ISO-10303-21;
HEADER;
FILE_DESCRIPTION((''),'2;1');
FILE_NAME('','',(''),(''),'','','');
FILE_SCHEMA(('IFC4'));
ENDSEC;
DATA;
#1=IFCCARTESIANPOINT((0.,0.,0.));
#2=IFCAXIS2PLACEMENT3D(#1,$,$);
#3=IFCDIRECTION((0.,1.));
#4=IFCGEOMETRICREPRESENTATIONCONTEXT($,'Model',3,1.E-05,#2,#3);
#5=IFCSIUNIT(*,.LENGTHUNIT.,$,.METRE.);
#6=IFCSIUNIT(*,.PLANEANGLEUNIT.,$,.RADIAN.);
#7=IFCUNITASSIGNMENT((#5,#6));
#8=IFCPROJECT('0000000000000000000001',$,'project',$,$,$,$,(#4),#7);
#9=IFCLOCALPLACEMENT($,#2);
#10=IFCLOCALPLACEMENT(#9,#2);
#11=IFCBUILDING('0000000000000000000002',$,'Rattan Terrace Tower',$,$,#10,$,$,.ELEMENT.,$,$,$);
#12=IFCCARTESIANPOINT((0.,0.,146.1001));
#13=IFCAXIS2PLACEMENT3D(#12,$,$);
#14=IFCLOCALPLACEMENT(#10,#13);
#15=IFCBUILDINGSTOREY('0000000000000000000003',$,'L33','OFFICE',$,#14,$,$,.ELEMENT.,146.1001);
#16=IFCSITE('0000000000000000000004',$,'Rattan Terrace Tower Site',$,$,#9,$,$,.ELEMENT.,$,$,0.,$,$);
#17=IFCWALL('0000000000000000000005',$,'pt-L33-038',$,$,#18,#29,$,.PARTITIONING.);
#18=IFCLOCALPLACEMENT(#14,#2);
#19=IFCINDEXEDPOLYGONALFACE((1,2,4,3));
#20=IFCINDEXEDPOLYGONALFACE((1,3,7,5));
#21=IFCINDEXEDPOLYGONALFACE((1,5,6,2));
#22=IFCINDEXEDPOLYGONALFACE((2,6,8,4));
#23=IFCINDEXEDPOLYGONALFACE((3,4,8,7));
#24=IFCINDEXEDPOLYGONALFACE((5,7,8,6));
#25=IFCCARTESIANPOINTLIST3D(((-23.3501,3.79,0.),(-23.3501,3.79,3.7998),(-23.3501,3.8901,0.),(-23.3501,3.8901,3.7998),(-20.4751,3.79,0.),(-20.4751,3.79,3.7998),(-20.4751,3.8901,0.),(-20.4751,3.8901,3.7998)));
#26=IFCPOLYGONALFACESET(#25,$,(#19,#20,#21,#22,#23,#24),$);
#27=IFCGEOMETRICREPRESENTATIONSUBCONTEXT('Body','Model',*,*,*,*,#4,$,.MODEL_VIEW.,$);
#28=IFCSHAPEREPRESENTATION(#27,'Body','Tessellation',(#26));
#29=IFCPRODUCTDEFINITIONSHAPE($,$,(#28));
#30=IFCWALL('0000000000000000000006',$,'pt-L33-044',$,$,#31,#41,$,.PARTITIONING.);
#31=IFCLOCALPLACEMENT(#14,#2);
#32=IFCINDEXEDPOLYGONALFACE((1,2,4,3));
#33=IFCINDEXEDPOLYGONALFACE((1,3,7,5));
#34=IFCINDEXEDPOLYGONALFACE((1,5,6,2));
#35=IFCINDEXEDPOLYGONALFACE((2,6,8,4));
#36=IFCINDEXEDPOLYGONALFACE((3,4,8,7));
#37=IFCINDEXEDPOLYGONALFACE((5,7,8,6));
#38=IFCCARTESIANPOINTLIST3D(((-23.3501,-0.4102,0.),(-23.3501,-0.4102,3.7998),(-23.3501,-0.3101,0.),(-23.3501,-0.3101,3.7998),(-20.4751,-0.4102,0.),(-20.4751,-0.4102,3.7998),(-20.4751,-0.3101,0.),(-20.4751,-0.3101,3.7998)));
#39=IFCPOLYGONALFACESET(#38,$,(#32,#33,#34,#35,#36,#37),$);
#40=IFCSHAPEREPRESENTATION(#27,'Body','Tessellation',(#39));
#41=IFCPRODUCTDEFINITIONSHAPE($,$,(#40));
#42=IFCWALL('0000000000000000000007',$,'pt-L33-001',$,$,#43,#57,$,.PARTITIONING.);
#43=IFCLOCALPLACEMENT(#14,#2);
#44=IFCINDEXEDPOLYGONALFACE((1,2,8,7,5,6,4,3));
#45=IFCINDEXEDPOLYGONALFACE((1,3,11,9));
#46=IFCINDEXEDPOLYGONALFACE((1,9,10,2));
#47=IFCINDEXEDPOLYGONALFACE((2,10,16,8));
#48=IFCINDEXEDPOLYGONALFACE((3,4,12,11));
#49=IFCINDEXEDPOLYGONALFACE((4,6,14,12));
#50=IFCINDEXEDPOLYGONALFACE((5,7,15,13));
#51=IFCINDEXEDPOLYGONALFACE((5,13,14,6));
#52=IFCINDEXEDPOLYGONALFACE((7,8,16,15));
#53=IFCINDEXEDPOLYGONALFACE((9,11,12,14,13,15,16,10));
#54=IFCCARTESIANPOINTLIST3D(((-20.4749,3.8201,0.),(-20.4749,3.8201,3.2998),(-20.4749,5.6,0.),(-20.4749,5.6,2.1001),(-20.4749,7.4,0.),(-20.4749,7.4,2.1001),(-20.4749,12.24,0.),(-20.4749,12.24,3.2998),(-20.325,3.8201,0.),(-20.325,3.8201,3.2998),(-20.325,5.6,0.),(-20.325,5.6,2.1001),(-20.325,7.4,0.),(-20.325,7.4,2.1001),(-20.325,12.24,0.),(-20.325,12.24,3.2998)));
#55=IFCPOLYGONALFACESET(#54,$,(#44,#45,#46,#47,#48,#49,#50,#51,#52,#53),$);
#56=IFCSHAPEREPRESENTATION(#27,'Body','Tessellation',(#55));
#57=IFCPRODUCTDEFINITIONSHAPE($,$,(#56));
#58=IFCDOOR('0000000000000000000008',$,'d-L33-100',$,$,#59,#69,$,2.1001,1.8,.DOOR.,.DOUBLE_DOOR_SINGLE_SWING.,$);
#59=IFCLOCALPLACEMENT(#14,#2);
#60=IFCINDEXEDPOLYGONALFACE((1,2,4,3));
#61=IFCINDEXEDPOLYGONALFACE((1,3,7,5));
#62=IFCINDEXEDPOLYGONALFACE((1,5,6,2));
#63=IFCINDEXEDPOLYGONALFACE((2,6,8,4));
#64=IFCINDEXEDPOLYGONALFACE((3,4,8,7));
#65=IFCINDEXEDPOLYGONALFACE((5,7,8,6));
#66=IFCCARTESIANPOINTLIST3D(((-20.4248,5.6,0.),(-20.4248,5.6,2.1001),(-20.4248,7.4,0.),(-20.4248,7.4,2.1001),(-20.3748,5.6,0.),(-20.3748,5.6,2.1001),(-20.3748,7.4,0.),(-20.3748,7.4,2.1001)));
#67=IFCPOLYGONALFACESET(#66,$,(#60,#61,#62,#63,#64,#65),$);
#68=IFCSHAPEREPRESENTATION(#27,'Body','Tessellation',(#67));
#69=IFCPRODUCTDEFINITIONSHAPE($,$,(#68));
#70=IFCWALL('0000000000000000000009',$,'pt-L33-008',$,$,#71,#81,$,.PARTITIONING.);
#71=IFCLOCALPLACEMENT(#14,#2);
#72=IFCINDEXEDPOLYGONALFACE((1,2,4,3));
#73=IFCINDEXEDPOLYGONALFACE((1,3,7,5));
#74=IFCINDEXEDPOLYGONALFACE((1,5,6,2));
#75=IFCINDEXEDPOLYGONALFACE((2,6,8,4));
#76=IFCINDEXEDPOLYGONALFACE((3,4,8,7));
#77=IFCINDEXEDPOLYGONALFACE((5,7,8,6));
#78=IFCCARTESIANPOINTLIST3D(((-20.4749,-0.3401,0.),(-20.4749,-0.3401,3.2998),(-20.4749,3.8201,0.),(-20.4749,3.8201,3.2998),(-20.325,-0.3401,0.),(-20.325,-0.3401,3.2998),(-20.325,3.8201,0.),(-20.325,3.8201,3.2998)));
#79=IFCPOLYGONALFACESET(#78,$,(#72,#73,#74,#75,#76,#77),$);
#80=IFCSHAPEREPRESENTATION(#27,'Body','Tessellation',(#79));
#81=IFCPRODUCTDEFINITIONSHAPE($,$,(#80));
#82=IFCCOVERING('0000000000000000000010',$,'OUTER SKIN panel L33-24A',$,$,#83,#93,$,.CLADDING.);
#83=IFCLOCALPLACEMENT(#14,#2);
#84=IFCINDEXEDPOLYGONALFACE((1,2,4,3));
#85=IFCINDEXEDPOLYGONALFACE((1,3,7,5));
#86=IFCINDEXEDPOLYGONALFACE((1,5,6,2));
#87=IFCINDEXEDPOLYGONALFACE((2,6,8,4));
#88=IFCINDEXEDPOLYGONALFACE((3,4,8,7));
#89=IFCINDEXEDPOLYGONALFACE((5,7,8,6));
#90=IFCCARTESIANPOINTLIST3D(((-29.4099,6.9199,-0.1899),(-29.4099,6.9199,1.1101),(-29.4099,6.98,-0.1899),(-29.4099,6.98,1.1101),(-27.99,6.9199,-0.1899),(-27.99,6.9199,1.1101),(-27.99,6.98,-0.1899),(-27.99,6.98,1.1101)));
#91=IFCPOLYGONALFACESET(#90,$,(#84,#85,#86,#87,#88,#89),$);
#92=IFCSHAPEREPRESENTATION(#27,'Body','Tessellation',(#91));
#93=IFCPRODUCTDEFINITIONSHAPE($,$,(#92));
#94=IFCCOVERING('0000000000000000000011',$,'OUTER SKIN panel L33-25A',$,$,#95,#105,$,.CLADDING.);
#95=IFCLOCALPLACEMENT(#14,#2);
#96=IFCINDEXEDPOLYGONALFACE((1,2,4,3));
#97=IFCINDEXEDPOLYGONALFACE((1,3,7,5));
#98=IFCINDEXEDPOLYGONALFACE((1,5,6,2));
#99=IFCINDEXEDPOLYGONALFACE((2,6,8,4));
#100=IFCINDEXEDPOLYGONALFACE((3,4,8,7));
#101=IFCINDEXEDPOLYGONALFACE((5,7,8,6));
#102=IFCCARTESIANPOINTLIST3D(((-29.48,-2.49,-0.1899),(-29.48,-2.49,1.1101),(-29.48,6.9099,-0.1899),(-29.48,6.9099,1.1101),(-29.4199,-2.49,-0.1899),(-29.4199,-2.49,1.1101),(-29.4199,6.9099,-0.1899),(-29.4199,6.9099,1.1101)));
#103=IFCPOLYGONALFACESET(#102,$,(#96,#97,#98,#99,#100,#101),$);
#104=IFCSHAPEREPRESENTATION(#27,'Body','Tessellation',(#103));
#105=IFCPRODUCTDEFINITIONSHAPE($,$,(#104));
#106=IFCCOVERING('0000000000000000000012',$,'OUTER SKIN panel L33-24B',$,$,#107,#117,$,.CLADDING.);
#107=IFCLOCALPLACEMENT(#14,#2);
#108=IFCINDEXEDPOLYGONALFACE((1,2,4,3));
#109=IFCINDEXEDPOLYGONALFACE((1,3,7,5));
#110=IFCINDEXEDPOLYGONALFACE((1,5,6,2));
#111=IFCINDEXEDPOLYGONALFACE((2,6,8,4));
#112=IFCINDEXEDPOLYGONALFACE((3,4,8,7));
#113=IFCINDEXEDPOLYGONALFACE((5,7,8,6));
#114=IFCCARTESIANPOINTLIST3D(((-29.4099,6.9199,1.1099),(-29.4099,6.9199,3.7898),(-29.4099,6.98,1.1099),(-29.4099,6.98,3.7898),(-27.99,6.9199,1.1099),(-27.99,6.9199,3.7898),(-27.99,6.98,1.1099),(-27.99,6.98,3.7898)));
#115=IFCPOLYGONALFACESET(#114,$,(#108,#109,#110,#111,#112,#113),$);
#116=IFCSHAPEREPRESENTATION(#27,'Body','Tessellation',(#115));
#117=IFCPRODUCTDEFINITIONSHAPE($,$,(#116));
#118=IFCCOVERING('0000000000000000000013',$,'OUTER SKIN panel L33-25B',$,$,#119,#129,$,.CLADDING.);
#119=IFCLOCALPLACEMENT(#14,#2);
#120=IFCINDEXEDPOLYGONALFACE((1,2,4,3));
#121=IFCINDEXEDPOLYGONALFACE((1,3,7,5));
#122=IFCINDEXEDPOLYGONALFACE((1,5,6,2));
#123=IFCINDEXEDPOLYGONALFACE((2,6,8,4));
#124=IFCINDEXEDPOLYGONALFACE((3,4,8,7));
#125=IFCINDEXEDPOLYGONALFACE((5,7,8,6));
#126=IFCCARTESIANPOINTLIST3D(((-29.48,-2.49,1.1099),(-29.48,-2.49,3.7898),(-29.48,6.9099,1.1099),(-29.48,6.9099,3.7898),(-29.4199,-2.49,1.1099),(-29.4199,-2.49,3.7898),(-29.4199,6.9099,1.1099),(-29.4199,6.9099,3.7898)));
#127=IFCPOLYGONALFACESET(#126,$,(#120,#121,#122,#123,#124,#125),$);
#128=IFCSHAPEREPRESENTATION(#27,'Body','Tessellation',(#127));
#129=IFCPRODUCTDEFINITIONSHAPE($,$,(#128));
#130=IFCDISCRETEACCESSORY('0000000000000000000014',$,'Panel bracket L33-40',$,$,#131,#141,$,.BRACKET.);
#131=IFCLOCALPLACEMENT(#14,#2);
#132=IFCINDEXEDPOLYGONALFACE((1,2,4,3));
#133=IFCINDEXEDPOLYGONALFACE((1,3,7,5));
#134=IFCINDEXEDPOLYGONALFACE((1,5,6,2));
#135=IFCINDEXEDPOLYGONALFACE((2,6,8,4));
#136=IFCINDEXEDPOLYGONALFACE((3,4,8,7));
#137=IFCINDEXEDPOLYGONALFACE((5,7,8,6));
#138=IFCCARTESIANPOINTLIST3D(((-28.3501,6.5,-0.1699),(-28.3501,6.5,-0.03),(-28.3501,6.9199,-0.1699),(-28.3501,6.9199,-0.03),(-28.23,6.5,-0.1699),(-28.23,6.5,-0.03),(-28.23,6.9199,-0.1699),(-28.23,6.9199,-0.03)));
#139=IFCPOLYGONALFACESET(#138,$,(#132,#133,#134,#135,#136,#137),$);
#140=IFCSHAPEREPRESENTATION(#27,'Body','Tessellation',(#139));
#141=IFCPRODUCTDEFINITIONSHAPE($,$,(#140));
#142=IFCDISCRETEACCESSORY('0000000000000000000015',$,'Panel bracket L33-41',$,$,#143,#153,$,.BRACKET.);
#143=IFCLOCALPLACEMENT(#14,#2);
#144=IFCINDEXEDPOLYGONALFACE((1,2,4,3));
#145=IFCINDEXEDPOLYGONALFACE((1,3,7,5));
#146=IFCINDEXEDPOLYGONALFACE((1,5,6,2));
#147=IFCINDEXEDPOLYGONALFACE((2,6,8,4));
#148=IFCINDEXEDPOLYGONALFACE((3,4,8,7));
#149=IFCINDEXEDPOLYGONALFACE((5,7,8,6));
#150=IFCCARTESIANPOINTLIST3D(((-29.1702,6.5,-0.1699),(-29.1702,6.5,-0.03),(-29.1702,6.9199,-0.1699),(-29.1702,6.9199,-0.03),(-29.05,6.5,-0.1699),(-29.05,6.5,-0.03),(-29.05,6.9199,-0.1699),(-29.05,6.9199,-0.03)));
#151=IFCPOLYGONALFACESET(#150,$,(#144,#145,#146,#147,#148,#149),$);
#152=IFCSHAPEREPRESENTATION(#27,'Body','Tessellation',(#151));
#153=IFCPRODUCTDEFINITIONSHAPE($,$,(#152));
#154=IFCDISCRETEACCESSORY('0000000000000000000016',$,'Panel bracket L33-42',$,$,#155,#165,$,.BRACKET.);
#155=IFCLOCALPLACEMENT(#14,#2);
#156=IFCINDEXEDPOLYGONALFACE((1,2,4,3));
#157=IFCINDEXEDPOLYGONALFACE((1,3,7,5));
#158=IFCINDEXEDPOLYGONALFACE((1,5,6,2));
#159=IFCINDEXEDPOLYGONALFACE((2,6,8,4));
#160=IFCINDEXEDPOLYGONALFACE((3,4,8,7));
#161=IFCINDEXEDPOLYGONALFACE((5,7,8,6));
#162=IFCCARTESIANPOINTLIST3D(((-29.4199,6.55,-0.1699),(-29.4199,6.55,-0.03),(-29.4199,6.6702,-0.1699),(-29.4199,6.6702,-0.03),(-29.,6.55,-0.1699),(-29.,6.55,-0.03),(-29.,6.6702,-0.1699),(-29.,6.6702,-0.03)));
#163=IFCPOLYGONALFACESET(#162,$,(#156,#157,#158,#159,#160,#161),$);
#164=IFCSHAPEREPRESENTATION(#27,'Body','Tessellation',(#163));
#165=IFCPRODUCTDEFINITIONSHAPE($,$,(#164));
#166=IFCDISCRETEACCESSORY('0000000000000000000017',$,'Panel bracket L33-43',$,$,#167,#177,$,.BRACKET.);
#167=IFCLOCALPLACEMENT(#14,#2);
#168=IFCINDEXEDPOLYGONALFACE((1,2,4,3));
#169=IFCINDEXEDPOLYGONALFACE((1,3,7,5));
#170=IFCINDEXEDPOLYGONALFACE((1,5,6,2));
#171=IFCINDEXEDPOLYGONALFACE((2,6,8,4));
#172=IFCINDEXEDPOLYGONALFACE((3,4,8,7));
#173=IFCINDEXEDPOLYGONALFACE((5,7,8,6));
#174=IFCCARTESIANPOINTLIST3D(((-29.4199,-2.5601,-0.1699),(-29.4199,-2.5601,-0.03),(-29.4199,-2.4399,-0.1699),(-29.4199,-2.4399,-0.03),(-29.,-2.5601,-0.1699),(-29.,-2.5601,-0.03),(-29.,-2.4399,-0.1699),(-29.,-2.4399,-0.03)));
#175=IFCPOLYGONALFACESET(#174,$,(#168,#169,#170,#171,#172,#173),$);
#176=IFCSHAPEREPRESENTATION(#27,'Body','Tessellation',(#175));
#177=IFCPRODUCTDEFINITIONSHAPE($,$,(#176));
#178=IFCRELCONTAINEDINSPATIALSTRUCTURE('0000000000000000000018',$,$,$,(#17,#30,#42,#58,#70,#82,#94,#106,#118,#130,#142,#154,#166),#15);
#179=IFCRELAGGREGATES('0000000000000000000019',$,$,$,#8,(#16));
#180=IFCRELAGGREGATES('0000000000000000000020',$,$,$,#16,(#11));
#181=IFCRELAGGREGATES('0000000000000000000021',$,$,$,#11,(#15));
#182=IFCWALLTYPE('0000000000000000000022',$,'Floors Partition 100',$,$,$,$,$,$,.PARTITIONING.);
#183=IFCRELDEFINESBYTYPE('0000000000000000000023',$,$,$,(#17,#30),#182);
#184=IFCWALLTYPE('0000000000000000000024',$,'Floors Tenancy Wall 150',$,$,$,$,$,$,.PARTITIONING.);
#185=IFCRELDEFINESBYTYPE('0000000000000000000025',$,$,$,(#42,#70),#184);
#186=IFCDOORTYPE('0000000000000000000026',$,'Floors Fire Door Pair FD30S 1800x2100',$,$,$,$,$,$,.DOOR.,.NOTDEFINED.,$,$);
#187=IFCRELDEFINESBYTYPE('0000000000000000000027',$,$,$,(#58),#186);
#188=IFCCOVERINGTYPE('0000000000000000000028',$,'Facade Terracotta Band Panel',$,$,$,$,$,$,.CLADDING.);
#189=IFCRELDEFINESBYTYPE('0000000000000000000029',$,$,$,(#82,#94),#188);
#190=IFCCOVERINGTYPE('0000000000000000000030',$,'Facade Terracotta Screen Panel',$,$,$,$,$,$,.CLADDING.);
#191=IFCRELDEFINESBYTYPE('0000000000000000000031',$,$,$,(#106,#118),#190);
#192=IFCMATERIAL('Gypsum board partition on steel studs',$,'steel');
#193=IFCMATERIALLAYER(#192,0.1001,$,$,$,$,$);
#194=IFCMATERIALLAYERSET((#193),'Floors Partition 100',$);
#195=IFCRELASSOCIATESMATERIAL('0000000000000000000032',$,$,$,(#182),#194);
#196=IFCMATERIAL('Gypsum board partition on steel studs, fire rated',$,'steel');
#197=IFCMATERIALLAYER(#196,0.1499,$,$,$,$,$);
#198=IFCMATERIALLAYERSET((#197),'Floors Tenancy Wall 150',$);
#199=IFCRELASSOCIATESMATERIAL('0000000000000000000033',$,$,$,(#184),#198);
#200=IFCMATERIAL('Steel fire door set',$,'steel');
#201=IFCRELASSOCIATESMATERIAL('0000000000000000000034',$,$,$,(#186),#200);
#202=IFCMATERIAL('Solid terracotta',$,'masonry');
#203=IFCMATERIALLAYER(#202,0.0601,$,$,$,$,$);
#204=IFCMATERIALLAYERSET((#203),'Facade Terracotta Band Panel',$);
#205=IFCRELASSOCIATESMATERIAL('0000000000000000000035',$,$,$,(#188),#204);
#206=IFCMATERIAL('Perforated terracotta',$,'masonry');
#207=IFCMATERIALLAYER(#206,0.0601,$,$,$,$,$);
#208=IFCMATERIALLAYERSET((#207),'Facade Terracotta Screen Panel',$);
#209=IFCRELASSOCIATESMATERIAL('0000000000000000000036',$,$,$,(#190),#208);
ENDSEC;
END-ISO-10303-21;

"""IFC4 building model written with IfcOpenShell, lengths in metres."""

from ifc_helpers import new_model, si_unit, direction, frame, frame_2d, origin, origin_2d, place, context, subcontext, project, spatial, rectangle, extrude, material, layer, layer_set, type_object, element, fill, save


model = new_model("IFC4")

# Units and contexts
model_context = context("Model", 3, precision=1e-05, world=origin(), true_north=direction((0.0, 1.0)))
body_context = subcontext(model_context, "Body", "Model", "MODEL_VIEW")
ifc_project = project(units=[si_unit("LENGTHUNIT", "METRE"), si_unit("PLANEANGLEUNIT", "RADIAN")], contexts=[model_context])

# Site, building, storey
site_placement = place(None, origin())
site = spatial("IfcSite", under=ifc_project, at=site_placement, Name="Rattan Terrace Tower Site", CompositionType="ELEMENT", RefElevation=0.0)
building_placement = place(site_placement, origin())
building = spatial("IfcBuilding", under=site, at=building_placement, Name="Rattan Terrace Tower", CompositionType="ELEMENT")
storey_placement = place(building_placement, frame((0.0, 0.0, 146.1001)))
storey = spatial("IfcBuildingStorey", under=building, at=storey_placement, Name="L33", Description="OFFICE", CompositionType="ELEMENT", Elevation=146.1001)

# Shared definitions
ifc_material_1 = material(Name="Gypsum board partition on steel studs", Category="steel")
ifc_layer_1 = layer(ifc_material_1, 0.1001)
ifc_layer_set_1 = layer_set([ifc_layer_1], Name="Floors Partition 100")
wall_type_1 = type_object("IfcWallType", Name="Floors Partition 100", PredefinedType="PARTITIONING", material=ifc_layer_set_1)

# Walls
for number, where, z_axis, x_axis, name in (
    (1, (-20.4751, 3.8401, 0.0), (0.0, 0.0, 1.0), (-1.0, 0.0, 0.0), "pt-L33-038"),
    (2, (-23.3501, -0.3601, 0.0), (0.0, 0.0, 1.0), (1.0, 0.0, 0.0), "pt-L33-044"),
):
    element("IfcWall", number, at=place(storey_placement, frame(where, z_axis=z_axis, x_axis=x_axis)), inside=storey, type_object=wall_type_1, Name=name, PredefinedType="PARTITIONING", context=body_context, shape_type="SweptSolid", body=[
        extrude(rectangle(XDim=2.875, YDim=0.1001, at=frame_2d((1.4375, 0.0))), origin(), (0.0, 0.0, 1.0), 3.7998),
    ])

# Wall, opening, door
ifc_material_2 = material(Name="Gypsum board partition on steel studs, fire rated", Category="steel")
ifc_layer_2 = layer(ifc_material_2, 0.1499)
ifc_layer_set_2 = layer_set([ifc_layer_2], Name="Floors Tenancy Wall 150")
wall_type_2 = type_object("IfcWallType", Name="Floors Tenancy Wall 150", PredefinedType="PARTITIONING", material=ifc_layer_set_2)
wall_1_placement = place(storey_placement, frame((-20.3999, 3.8201, 0.0), z_axis=(0.0, 0.0, 1.0), x_axis=(0.0, 1.0, 0.0)))
wall_1 = element("IfcWall", 3, at=wall_1_placement, inside=storey, type_object=wall_type_2, Name="pt-L33-001", PredefinedType="PARTITIONING", context=body_context, shape_type="SweptSolid", body=[
    extrude(rectangle(XDim=8.4199, YDim=0.1499, at=frame_2d((4.21, 0.0))), origin(), (0.0, 0.0, 1.0), 3.2998),
])
opening_1_placement = place(wall_1_placement, frame((1.78, 0.0, 0.0)))
opening_1 = element("IfcOpeningElement", 4, at=opening_1_placement, cuts=wall_1, PredefinedType="OPENING", context=body_context, shape_type="SweptSolid", body=[
    extrude(rectangle(XDim=1.8, YDim=2.1001, at=frame_2d((0.8999, 1.05))), frame((0.0, 0.0854, 0.0), z_axis=(0.0, -1.0, 0.0), x_axis=(1.0, 0.0, 0.0)), (0.0, 0.0, 1.0), 0.1709),
])
ifc_material_3 = material(Name="Steel fire door set", Category="steel")
door_type_1 = type_object("IfcDoorType", Name="Floors Fire Door Pair FD30S 1800x2100", OperationType="NOTDEFINED", PredefinedType="DOOR", material=ifc_material_3)
door_1_placement = place(opening_1_placement, origin())
door_1 = element("IfcDoor", 5, at=door_1_placement, inside=storey, type_object=door_type_1, Name="d-L33-100", OperationType="DOUBLE_DOOR_SINGLE_SWING", OverallHeight=2.1001, OverallWidth=1.8, PredefinedType="DOOR", context=body_context, shape_type="SweptSolid", body=[
    extrude(rectangle(XDim=1.8, YDim=2.1001, at=frame_2d((0.8999, 1.05))), frame((0.0, 0.0249, 0.0), z_axis=(0.0, -1.0, 0.0), x_axis=(1.0, 0.0, 0.0)), (0.0, 0.0, 1.0), 0.05),
])
fill(opening_1, door_1)

# Wall
wall_2_placement = place(storey_placement, frame((-20.3999, -0.3401, 0.0), z_axis=(0.0, 0.0, 1.0), x_axis=(0.0, 1.0, 0.0)))
element("IfcWall", 6, at=wall_2_placement, inside=storey, type_object=wall_type_2, Name="pt-L33-008", PredefinedType="PARTITIONING", context=body_context, shape_type="SweptSolid", body=[
    extrude(rectangle(XDim=4.1602, YDim=0.1499, at=frame_2d((2.0801, 0.0))), origin(), (0.0, 0.0, 1.0), 3.2998),
])

# Coverings
ifc_material_4 = material(Name="Solid terracotta", Category="masonry")
ifc_layer_3 = layer(ifc_material_4, 0.0601)
ifc_layer_set_3 = layer_set([ifc_layer_3], Name="Facade Terracotta Band Panel")
covering_type_1 = type_object("IfcCoveringType", Name="Facade Terracotta Band Panel", PredefinedType="CLADDING", material=ifc_layer_set_3)
covering_1_placement = place(storey_placement, frame((-28.7, 6.95, -0.1899), z_axis=(0.0, 0.0, 1.0), x_axis=(-1.0, 0.0, 0.0)))
element("IfcCovering", 7, at=covering_1_placement, inside=storey, type_object=covering_type_1, Name="OUTER SKIN panel L33-24A", PredefinedType="CLADDING", context=body_context, shape_type="SweptSolid", body=[
    extrude(rectangle(XDim=1.4199, YDim=0.0601, at=origin_2d()), origin(), (0.0, 0.0, 1.0), 1.3),
])
covering_2_placement = place(storey_placement, frame((-29.45, 2.21, -0.1899), z_axis=(0.0, 0.0, 1.0), x_axis=(0.0, -1.0, 0.0)))
element("IfcCovering", 8, at=covering_2_placement, inside=storey, type_object=covering_type_1, Name="OUTER SKIN panel L33-25A", PredefinedType="CLADDING", context=body_context, shape_type="SweptSolid", body=[
    extrude(rectangle(XDim=9.3999, YDim=0.0601, at=origin_2d()), origin(), (0.0, 0.0, 1.0), 1.3),
])
ifc_material_5 = material(Name="Perforated terracotta", Category="masonry")
ifc_layer_4 = layer(ifc_material_5, 0.0601)
ifc_layer_set_4 = layer_set([ifc_layer_4], Name="Facade Terracotta Screen Panel")
covering_type_2 = type_object("IfcCoveringType", Name="Facade Terracotta Screen Panel", PredefinedType="CLADDING", material=ifc_layer_set_4)
covering_3_placement = place(storey_placement, frame((-28.7, 6.95, 1.1099), z_axis=(0.0, 0.0, 1.0), x_axis=(-1.0, 0.0, 0.0)))
element("IfcCovering", 9, at=covering_3_placement, inside=storey, type_object=covering_type_2, Name="OUTER SKIN panel L33-24B", PredefinedType="CLADDING", context=body_context, shape_type="SweptSolid", body=[
    extrude(rectangle(XDim=1.4199, YDim=0.0601, at=origin_2d()), origin(), (0.0, 0.0, 1.0), 2.6799),
])
covering_4_placement = place(storey_placement, frame((-29.45, 2.21, 1.1099), z_axis=(0.0, 0.0, 1.0), x_axis=(0.0, -1.0, 0.0)))
element("IfcCovering", 10, at=covering_4_placement, inside=storey, type_object=covering_type_2, Name="OUTER SKIN panel L33-25B", PredefinedType="CLADDING", context=body_context, shape_type="SweptSolid", body=[
    extrude(rectangle(XDim=9.3999, YDim=0.0601, at=origin_2d()), origin(), (0.0, 0.0, 1.0), 2.6799),
])

# Discrete accessories
for number, where, z_axis, x_axis, name in (
    (11, (-28.29, 6.71, -0.1699), (0.0, 0.0, 1.0), (-1.0, 0.0, 0.0), "Panel bracket L33-40"),
    (12, (-29.1101, 6.71, -0.1699), (0.0, 0.0, 1.0), (-1.0, 0.0, 0.0), "Panel bracket L33-41"),
    (13, (-29.21, 6.6101, -0.1699), (0.0, 0.0, 1.0), (0.0, -1.0, 0.0), "Panel bracket L33-42"),
    (14, (-29.21, -2.5, -0.1699), (0.0, 0.0, 1.0), (0.0, -1.0, 0.0), "Panel bracket L33-43"),
):
    element("IfcDiscreteAccessory", number, at=place(storey_placement, frame(where, z_axis=z_axis, x_axis=x_axis)), inside=storey, Name=name, PredefinedType="BRACKET", context=body_context, shape_type="SweptSolid", body=[
        extrude(rectangle(XDim=0.1201, YDim=0.4199, at=origin_2d()), origin(), (0.0, 0.0, 1.0), 0.1399),
    ])

save(model, "model.ifc")
